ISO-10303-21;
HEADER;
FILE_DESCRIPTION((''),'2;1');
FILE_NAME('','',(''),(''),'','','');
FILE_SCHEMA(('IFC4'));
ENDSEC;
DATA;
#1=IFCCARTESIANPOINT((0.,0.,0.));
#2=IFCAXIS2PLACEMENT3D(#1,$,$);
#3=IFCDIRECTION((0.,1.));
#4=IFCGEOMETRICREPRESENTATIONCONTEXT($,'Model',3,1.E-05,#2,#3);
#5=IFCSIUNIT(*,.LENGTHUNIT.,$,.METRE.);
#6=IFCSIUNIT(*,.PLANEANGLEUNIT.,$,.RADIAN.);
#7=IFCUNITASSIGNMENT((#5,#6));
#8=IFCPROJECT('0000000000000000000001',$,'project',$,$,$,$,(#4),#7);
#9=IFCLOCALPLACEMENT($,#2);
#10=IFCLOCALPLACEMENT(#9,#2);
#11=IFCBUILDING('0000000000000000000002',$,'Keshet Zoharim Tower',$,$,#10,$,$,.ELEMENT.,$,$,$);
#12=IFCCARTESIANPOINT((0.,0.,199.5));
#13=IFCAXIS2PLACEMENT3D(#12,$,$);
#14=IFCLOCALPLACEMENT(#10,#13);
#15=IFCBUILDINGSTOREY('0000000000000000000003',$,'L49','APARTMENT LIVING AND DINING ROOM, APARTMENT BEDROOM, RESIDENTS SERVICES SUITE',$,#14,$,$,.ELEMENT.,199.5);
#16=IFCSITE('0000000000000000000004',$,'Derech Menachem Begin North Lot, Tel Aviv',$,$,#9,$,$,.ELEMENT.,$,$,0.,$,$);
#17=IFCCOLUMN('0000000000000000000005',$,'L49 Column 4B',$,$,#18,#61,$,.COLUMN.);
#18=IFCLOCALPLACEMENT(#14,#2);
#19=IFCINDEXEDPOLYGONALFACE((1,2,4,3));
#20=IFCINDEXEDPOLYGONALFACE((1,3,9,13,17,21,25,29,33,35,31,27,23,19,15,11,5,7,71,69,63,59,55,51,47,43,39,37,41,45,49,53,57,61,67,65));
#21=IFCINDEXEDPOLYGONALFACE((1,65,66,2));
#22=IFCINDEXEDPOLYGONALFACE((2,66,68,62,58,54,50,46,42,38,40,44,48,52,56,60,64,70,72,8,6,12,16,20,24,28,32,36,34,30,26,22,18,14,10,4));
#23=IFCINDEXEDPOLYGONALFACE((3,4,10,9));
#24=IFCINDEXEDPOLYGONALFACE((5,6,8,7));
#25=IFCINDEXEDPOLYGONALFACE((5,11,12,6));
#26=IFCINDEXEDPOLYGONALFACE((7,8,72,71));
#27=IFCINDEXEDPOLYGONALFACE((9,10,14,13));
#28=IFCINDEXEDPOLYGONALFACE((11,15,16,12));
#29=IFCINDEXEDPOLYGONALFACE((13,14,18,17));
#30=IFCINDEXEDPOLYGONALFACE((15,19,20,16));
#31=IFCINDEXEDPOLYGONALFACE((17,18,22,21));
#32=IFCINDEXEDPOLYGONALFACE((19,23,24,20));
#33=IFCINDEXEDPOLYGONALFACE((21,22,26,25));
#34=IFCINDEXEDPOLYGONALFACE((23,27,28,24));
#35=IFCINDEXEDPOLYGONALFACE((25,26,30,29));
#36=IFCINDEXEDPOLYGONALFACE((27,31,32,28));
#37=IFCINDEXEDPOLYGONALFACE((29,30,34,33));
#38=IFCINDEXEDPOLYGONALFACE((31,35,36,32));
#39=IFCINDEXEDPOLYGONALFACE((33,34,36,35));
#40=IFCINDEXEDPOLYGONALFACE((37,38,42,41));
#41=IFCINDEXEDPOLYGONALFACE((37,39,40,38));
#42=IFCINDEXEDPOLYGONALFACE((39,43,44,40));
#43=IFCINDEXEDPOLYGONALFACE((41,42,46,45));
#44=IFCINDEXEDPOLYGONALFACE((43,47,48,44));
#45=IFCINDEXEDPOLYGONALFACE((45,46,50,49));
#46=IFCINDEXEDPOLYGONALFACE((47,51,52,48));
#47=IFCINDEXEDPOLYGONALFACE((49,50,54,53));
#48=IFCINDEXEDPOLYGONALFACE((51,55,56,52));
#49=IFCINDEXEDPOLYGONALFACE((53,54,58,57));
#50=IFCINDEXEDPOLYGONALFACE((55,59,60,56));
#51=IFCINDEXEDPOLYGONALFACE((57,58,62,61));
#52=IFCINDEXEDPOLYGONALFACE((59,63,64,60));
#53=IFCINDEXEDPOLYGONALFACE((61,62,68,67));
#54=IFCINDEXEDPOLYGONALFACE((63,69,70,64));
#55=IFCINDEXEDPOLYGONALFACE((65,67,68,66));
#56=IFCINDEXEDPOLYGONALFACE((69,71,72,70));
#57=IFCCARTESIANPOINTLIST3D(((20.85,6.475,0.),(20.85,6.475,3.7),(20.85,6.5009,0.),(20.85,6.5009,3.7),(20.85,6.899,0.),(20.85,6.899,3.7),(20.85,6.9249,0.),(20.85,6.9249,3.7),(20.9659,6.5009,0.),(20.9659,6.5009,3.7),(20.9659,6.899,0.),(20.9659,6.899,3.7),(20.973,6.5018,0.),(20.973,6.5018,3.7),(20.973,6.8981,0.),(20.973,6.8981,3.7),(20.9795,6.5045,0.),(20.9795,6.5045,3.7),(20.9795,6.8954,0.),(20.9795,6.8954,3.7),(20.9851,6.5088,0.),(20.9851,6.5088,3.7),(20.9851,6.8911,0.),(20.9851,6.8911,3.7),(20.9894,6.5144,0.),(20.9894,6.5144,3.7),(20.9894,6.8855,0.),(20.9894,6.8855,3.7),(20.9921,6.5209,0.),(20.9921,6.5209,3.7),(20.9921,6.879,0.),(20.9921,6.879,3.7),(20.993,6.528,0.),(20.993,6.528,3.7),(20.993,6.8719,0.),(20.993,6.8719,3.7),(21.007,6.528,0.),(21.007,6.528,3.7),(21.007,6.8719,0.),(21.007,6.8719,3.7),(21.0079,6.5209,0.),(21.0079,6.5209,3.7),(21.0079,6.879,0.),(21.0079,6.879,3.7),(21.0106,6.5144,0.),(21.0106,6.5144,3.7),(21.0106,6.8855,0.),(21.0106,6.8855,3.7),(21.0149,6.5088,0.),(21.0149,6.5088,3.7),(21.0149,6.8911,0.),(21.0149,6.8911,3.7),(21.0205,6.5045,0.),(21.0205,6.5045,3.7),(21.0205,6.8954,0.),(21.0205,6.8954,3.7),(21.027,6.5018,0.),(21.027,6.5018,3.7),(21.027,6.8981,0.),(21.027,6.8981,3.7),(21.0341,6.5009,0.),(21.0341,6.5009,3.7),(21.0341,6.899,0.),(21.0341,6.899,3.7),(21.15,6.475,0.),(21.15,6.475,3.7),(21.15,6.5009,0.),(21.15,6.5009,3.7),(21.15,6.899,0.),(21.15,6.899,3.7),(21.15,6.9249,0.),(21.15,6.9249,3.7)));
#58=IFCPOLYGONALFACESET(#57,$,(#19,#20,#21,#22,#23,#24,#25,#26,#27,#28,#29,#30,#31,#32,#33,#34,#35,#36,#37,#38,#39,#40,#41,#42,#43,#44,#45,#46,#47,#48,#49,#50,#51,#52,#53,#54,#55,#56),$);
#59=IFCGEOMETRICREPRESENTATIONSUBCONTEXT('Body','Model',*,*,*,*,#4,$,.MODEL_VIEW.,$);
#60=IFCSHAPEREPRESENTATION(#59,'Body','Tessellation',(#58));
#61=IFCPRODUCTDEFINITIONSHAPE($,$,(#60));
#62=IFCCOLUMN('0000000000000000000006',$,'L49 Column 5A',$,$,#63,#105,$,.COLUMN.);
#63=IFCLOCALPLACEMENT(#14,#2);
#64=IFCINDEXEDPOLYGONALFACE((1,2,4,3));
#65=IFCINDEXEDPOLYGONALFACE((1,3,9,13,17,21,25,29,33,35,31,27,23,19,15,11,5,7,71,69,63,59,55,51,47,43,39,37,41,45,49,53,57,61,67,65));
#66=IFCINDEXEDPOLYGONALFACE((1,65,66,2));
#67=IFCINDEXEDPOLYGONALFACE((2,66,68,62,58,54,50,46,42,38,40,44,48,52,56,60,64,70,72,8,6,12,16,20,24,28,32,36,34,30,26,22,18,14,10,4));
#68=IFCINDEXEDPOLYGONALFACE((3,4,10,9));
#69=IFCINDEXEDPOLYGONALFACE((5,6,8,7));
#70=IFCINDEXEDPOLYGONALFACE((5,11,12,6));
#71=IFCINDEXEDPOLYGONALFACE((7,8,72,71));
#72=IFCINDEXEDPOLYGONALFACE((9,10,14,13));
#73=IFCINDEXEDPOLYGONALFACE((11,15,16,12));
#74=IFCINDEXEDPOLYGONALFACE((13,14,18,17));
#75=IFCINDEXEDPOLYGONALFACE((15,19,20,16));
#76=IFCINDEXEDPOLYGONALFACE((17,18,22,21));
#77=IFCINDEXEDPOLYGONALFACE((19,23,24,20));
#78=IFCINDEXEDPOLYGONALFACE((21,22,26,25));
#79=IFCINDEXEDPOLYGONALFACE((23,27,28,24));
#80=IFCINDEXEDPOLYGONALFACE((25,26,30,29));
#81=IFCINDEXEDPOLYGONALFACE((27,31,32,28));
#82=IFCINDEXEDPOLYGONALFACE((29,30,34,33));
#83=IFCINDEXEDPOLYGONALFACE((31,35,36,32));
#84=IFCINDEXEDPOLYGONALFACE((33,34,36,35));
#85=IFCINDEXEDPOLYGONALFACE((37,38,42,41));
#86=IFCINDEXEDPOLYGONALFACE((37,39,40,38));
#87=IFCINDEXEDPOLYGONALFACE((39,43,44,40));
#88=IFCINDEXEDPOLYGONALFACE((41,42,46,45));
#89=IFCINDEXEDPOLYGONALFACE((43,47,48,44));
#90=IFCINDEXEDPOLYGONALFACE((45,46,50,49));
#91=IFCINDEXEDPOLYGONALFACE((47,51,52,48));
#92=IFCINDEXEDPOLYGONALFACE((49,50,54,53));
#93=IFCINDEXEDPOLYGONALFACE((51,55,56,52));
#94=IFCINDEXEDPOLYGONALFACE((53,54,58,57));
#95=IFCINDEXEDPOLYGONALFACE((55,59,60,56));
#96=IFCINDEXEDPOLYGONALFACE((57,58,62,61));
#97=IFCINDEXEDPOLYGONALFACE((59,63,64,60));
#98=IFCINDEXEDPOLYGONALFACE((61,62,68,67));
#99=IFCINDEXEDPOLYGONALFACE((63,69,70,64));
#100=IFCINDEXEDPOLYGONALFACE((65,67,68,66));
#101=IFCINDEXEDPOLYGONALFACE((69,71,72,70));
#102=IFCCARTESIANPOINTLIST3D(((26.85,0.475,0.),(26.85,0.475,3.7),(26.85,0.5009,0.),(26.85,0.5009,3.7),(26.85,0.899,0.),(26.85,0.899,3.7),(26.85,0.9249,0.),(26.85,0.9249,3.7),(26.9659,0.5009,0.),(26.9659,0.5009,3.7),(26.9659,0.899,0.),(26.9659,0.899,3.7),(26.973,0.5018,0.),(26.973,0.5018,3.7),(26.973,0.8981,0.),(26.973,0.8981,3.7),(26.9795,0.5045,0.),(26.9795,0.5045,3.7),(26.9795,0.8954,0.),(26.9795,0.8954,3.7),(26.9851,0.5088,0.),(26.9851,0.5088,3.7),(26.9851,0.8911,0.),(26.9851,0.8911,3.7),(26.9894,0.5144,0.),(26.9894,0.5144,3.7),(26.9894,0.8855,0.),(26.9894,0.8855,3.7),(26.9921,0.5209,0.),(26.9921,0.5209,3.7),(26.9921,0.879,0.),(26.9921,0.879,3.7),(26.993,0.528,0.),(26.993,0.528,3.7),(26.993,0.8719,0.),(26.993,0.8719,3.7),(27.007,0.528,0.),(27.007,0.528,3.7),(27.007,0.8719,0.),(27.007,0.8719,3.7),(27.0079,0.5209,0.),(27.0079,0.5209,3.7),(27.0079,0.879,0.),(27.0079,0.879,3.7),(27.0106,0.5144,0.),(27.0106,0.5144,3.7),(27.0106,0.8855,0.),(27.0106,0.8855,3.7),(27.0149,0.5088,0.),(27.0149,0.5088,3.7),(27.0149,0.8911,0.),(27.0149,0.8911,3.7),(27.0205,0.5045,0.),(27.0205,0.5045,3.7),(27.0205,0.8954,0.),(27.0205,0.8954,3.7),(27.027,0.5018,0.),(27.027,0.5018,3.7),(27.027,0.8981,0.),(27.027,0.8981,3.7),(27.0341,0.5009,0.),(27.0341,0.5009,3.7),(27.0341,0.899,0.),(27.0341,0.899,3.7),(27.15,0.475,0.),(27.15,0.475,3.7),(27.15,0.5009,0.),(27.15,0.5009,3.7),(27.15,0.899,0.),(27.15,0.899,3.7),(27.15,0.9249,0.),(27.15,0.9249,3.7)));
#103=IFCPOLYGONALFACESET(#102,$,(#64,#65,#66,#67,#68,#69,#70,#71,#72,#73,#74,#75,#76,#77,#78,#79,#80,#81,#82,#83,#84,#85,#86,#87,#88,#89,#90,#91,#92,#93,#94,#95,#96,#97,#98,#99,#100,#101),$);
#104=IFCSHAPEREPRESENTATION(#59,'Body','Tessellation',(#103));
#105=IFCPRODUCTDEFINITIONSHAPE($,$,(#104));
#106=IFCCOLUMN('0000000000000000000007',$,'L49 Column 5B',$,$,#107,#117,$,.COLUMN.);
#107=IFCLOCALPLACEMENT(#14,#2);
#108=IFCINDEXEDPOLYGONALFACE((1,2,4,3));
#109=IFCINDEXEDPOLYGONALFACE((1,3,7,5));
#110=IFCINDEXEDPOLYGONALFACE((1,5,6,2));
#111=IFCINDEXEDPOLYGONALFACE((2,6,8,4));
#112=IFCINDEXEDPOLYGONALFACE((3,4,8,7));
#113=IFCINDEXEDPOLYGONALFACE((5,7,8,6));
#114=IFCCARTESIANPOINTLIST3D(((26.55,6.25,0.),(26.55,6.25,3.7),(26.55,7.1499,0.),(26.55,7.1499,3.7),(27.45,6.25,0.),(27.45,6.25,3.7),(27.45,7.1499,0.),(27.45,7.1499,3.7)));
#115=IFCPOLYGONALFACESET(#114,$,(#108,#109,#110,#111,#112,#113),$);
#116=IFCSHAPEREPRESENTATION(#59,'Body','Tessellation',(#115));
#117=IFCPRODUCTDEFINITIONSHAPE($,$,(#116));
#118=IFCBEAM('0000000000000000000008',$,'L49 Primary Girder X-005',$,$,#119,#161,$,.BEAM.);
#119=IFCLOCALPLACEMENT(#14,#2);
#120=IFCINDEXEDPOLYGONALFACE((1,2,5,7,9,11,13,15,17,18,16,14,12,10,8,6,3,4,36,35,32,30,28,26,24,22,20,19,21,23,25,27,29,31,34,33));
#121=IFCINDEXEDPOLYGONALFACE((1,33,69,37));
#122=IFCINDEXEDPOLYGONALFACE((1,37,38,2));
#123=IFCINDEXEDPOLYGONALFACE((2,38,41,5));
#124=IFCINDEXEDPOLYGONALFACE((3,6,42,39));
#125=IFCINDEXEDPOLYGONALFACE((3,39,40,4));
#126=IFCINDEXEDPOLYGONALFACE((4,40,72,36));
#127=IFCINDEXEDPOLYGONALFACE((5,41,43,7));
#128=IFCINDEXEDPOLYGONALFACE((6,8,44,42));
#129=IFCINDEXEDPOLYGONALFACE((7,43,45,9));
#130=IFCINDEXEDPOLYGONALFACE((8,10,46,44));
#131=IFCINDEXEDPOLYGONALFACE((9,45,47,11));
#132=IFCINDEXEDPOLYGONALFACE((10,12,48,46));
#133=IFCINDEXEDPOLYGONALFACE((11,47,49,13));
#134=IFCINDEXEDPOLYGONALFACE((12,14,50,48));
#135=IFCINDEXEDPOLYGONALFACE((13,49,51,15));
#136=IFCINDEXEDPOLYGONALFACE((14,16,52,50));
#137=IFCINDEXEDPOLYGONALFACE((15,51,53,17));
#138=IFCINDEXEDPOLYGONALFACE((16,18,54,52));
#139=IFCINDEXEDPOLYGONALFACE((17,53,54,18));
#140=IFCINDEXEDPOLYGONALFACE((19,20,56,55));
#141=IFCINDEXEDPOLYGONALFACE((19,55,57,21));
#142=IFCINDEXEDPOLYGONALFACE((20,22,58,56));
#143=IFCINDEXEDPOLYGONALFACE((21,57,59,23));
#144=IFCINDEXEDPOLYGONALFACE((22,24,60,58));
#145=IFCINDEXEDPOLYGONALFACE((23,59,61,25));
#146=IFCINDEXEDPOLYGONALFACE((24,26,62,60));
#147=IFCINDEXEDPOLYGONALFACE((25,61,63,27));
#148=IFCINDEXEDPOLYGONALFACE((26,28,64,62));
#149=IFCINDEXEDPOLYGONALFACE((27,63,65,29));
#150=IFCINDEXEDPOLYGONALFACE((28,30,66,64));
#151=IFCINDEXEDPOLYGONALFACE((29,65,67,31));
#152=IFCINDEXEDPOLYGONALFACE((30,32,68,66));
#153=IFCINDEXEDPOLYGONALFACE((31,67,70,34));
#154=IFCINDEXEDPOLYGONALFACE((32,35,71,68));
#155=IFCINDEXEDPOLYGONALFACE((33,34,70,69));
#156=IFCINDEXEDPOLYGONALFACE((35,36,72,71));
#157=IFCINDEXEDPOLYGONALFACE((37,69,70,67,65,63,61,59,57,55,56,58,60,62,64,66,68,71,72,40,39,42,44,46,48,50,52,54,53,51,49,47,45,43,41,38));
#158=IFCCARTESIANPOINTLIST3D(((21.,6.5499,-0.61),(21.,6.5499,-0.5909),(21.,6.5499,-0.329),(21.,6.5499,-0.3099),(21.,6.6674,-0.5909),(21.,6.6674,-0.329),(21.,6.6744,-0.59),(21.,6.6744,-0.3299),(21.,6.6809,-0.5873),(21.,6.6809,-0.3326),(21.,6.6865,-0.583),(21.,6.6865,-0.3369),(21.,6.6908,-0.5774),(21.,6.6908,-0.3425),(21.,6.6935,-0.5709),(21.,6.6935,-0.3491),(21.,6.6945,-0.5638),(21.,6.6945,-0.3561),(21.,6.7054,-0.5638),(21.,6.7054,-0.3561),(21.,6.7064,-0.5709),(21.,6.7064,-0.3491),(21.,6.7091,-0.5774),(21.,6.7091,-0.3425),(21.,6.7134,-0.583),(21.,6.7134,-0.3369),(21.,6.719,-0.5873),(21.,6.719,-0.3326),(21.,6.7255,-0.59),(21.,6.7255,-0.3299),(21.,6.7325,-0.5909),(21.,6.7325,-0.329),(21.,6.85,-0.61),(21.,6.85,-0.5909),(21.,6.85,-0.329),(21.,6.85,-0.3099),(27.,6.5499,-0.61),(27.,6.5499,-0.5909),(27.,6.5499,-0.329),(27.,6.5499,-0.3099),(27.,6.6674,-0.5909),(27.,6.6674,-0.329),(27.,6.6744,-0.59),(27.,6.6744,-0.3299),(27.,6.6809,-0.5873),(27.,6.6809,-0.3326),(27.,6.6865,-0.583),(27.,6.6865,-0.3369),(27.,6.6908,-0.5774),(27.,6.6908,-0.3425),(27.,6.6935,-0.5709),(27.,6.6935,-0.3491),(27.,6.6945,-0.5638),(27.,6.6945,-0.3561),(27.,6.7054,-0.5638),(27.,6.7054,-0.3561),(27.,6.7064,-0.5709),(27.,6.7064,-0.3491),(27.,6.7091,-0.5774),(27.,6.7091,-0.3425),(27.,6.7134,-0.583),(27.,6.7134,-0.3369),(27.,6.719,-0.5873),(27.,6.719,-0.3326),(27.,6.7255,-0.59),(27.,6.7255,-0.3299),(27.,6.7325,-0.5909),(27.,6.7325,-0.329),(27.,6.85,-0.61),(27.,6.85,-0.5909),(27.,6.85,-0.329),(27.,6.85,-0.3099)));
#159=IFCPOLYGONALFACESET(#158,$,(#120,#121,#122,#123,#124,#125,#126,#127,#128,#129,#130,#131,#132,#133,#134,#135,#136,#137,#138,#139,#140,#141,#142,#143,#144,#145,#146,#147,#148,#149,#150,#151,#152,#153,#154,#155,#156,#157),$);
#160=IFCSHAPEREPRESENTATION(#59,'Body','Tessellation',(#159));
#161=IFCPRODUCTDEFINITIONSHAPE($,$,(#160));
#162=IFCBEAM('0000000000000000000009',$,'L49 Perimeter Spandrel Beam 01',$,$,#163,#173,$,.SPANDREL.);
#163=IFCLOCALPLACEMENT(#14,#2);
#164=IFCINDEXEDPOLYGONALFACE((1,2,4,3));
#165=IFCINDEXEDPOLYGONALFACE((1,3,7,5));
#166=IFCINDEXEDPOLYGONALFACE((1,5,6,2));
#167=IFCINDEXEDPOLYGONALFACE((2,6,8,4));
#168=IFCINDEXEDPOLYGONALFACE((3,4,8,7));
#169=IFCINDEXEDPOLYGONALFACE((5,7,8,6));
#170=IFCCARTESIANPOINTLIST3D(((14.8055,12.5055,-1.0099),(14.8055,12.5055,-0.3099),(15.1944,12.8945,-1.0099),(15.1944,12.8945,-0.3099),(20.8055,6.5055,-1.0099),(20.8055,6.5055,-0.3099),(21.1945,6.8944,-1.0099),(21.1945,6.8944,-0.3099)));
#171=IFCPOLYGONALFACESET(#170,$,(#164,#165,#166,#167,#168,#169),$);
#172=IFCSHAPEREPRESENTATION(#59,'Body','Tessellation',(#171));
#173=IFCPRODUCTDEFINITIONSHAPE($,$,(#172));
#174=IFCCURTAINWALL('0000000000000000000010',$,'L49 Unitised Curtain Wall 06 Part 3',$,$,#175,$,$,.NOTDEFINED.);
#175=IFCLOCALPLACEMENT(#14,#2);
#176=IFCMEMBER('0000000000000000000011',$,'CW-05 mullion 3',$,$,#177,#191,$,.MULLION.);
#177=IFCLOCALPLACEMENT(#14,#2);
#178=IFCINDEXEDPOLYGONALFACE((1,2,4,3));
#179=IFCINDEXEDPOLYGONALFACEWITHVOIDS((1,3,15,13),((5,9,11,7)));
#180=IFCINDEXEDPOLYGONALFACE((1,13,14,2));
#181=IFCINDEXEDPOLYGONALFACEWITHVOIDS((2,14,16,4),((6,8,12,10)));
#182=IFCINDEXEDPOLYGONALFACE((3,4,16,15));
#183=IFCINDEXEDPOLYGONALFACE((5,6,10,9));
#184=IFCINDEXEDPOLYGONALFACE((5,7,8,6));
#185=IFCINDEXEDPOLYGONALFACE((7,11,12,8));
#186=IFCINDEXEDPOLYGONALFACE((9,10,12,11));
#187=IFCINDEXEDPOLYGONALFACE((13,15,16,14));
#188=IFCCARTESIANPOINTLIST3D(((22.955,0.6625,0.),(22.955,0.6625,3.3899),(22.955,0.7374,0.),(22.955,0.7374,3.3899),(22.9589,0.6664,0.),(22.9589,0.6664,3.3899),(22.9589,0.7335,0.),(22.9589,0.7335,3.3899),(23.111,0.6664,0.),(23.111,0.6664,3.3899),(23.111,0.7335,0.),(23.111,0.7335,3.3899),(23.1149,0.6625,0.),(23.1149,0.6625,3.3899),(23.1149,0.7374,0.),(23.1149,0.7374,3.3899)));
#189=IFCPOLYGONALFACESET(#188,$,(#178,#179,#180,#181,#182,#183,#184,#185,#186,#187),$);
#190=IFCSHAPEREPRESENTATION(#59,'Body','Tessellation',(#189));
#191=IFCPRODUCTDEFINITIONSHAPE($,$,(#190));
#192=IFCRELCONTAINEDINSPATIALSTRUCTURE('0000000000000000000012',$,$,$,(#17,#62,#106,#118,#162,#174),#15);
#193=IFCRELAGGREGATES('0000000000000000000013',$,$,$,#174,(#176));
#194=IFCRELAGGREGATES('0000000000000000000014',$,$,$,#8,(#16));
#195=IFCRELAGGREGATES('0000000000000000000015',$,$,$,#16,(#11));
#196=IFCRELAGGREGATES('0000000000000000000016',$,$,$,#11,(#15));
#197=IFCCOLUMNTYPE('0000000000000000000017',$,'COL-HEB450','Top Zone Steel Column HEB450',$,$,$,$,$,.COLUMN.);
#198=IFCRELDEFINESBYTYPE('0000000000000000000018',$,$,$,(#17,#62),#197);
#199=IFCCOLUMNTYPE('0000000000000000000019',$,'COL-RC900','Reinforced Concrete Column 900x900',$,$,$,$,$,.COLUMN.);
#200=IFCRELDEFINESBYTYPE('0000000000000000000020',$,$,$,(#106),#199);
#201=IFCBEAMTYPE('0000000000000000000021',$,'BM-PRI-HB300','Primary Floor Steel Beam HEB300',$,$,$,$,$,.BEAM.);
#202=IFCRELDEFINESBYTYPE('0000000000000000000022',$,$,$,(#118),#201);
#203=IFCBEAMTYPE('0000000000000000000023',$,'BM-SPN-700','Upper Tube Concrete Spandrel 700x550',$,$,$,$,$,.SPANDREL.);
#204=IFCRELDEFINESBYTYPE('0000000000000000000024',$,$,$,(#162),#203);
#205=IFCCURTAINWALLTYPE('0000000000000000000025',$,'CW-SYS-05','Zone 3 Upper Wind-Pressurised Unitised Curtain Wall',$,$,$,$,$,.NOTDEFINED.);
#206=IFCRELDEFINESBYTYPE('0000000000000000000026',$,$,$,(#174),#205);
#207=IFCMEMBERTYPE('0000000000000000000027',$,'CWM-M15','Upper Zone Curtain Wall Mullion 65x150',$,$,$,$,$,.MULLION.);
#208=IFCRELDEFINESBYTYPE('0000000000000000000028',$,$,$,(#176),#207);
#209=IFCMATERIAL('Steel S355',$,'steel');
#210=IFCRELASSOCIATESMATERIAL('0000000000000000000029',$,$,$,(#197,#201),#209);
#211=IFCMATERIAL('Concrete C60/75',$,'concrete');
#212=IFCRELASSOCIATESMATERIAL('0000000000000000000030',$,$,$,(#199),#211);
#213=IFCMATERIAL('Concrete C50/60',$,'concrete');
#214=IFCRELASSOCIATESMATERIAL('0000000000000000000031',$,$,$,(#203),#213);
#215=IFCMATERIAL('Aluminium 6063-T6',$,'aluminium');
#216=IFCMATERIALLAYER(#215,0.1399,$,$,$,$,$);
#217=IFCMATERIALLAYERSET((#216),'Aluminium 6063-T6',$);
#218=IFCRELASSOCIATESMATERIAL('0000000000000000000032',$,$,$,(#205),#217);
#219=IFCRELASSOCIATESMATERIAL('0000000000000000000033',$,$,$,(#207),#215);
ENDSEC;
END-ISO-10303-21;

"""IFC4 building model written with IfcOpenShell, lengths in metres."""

from ifc_helpers import new_model, si_unit, direction, frame, origin, origin_2d, place, context, subcontext, project, spatial, rectangle, hollow_rectangle, i_section, extrude, material, layer, layer_set, material_profile, profile_set, type_object, element, aggregate, save


model = new_model("IFC4")

# Units and contexts
model_context = context("Model", 3, precision=1e-05, world=origin(), true_north=direction((0.0, 1.0)))
body_context = subcontext(model_context, "Body", "Model", "MODEL_VIEW")
ifc_project = project(units=[si_unit("LENGTHUNIT", "METRE"), si_unit("PLANEANGLEUNIT", "RADIAN")], contexts=[model_context])

# Site, building, storey
site_placement = place(None, origin())
site = spatial("IfcSite", under=ifc_project, at=site_placement, Name="Derech Menachem Begin North Lot, Tel Aviv", CompositionType="ELEMENT", RefElevation=0.0)
building_placement = place(site_placement, origin())
building = spatial("IfcBuilding", under=site, at=building_placement, Name="Keshet Zoharim Tower", CompositionType="ELEMENT")
storey_placement = place(building_placement, frame((0.0, 0.0, 199.5)))
storey = spatial("IfcBuildingStorey", under=building, at=storey_placement, Name="L49", Description="APARTMENT LIVING AND DINING ROOM, APARTMENT BEDROOM, RESIDENTS SERVICES SUITE", CompositionType="ELEMENT", Elevation=199.5)

# Columns
ifc_material_1 = material(Name="Steel S355", Category="steel")
ifc_material_profile_1 = material_profile(ifc_material_1, i_section(OverallWidth=0.3, OverallDepth=0.45, WebThickness=0.0139, FlangeThickness=0.0259, FilletRadius=0.0271, at=origin_2d()), Name="HEB450")
ifc_profile_set_1 = profile_set([ifc_material_profile_1], Name="Steel S355")
column_type_1 = type_object("IfcColumnType", Name="COL-HEB450", Description="Top Zone Steel Column HEB450", PredefinedType="COLUMN", material=ifc_profile_set_1)
for number, where, z_axis, x_axis, name in (
    (1, (21.0, 6.7, 0.0), (0.0, 0.0, 1.0), (1.0, 0.0, 0.0), "L49 Column 4B"),
    (2, (27.0, 0.7, 0.0), (0.0, 0.0, 1.0), (1.0, 0.0, 0.0), "L49 Column 5A"),
):
    element("IfcColumn", number, at=place(storey_placement, frame(where, z_axis=z_axis, x_axis=x_axis)), inside=storey, type_object=column_type_1, Name=name, PredefinedType="COLUMN", context=body_context, shape_type="SweptSolid", body=[
        extrude(i_section(OverallWidth=0.3, OverallDepth=0.45, WebThickness=0.0139, FlangeThickness=0.0259, FilletRadius=0.0271, at=origin_2d()), origin(), (0.0, 0.0, 1.0), 3.7),
    ])
ifc_material_2 = material(Name="Concrete C60/75", Category="concrete")
ifc_material_profile_2 = material_profile(ifc_material_2, rectangle(XDim=0.8999, YDim=0.8999, at=origin_2d()), Name="RC900x900")
ifc_profile_set_2 = profile_set([ifc_material_profile_2], Name="Concrete C60/75")
column_type_2 = type_object("IfcColumnType", Name="COL-RC900", Description="Reinforced Concrete Column 900x900", PredefinedType="COLUMN", material=ifc_profile_set_2)
column_placement = place(storey_placement, frame((27.0, 6.7, 0.0), z_axis=(0.0, 0.0, 1.0), x_axis=(1.0, 0.0, 0.0)))
element("IfcColumn", 3, at=column_placement, inside=storey, type_object=column_type_2, Name="L49 Column 5B", PredefinedType="COLUMN", context=body_context, shape_type="SweptSolid", body=[
    extrude(rectangle(XDim=0.8999, YDim=0.8999, at=origin_2d()), origin(), (0.0, 0.0, 1.0), 3.7),
])

# Beams
ifc_material_profile_3 = material_profile(ifc_material_1, i_section(OverallWidth=0.3, OverallDepth=0.3, WebThickness=0.011, FlangeThickness=0.019, FilletRadius=0.0271, at=origin_2d()), Name="HEB300")
ifc_profile_set_3 = profile_set([ifc_material_profile_3], Name="Steel S355")
beam_type_1 = type_object("IfcBeamType", Name="BM-PRI-HB300", Description="Primary Floor Steel Beam HEB300", PredefinedType="BEAM", material=ifc_profile_set_3)
beam_1_placement = place(storey_placement, frame((21.0, 6.7, -0.46), z_axis=(1.0, 0.0, 0.0), x_axis=(0.0, 1.0, 0.0)))
element("IfcBeam", 4, at=beam_1_placement, inside=storey, type_object=beam_type_1, Name="L49 Primary Girder X-005", PredefinedType="BEAM", context=body_context, shape_type="SweptSolid", body=[
    extrude(i_section(OverallWidth=0.3, OverallDepth=0.3, WebThickness=0.011, FlangeThickness=0.019, FilletRadius=0.0271, at=origin_2d()), origin(), (0.0, 0.0, 1.0), 6.0),
])
ifc_material_3 = material(Name="Concrete C50/60", Category="concrete")
ifc_material_profile_4 = material_profile(ifc_material_3, rectangle(XDim=0.55, YDim=0.7, at=origin_2d()), Name="RC700x550")
ifc_profile_set_4 = profile_set([ifc_material_profile_4], Name="Concrete C50/60")
beam_type_2 = type_object("IfcBeamType", Name="BM-SPN-700", Description="Upper Tube Concrete Spandrel 700x550", PredefinedType="SPANDREL", material=ifc_profile_set_4)
beam_2_placement = place(storey_placement, frame((21.0, 6.7, -0.6599), z_axis=(-0.707107, 0.707107, 0.0), x_axis=(-0.707107, -0.707107, 0.0)))
element("IfcBeam", 5, at=beam_2_placement, inside=storey, type_object=beam_type_2, Name="L49 Perimeter Spandrel Beam 01", PredefinedType="SPANDREL", context=body_context, shape_type="SweptSolid", body=[
    extrude(rectangle(XDim=0.55, YDim=0.7, at=origin_2d()), origin(), (0.0, 0.0, 1.0), 8.4854),
])

# Curtain wall, member
ifc_material_4 = material(Name="Aluminium 6063-T6", Category="aluminium")
ifc_layer_1 = layer(ifc_material_4, 0.1399)
ifc_layer_set_1 = layer_set([ifc_layer_1], Name="Aluminium 6063-T6")
curtain_wall_type = type_object("IfcCurtainWallType", Name="CW-SYS-05", Description="Zone 3 Upper Wind-Pressurised Unitised Curtain Wall", PredefinedType="NOTDEFINED", material=ifc_layer_set_1)
curtain_wall_1_placement = place(storey_placement, origin())
curtain_wall_1 = element("IfcCurtainWall", 6, at=curtain_wall_1_placement, inside=storey, type_object=curtain_wall_type, Name="L49 Unitised Curtain Wall 06 Part 3", PredefinedType="NOTDEFINED")
ifc_material_profile_5 = material_profile(ifc_material_4, hollow_rectangle(XDim=0.075, YDim=0.1599, WallThickness=0.0039, at=origin_2d()), Name="MUL-75x160")
ifc_profile_set_5 = profile_set([ifc_material_profile_5], Name="Aluminium 6063-T6")
member_type_1 = type_object("IfcMemberType", Name="CWM-M15", Description="Upper Zone Curtain Wall Mullion 65x150", PredefinedType="MULLION", material=ifc_profile_set_5)
member_1_placement = place(storey_placement, frame((23.0349, 0.7, 0.0), z_axis=(0.0, 0.0, 1.0), x_axis=(0.0, -1.0, 0.0)))
member_1 = element("IfcMember", 7, at=member_1_placement, type_object=member_type_1, Name="CW-05 mullion 3", PredefinedType="MULLION", context=body_context, shape_type="SweptSolid", body=[
    extrude(hollow_rectangle(XDim=0.075, YDim=0.1599, WallThickness=0.0039, at=origin_2d()), origin(), (0.0, 0.0, 1.0), 3.3899),
])
aggregate(curtain_wall_1, [member_1])

save(model, "model.ifc")
